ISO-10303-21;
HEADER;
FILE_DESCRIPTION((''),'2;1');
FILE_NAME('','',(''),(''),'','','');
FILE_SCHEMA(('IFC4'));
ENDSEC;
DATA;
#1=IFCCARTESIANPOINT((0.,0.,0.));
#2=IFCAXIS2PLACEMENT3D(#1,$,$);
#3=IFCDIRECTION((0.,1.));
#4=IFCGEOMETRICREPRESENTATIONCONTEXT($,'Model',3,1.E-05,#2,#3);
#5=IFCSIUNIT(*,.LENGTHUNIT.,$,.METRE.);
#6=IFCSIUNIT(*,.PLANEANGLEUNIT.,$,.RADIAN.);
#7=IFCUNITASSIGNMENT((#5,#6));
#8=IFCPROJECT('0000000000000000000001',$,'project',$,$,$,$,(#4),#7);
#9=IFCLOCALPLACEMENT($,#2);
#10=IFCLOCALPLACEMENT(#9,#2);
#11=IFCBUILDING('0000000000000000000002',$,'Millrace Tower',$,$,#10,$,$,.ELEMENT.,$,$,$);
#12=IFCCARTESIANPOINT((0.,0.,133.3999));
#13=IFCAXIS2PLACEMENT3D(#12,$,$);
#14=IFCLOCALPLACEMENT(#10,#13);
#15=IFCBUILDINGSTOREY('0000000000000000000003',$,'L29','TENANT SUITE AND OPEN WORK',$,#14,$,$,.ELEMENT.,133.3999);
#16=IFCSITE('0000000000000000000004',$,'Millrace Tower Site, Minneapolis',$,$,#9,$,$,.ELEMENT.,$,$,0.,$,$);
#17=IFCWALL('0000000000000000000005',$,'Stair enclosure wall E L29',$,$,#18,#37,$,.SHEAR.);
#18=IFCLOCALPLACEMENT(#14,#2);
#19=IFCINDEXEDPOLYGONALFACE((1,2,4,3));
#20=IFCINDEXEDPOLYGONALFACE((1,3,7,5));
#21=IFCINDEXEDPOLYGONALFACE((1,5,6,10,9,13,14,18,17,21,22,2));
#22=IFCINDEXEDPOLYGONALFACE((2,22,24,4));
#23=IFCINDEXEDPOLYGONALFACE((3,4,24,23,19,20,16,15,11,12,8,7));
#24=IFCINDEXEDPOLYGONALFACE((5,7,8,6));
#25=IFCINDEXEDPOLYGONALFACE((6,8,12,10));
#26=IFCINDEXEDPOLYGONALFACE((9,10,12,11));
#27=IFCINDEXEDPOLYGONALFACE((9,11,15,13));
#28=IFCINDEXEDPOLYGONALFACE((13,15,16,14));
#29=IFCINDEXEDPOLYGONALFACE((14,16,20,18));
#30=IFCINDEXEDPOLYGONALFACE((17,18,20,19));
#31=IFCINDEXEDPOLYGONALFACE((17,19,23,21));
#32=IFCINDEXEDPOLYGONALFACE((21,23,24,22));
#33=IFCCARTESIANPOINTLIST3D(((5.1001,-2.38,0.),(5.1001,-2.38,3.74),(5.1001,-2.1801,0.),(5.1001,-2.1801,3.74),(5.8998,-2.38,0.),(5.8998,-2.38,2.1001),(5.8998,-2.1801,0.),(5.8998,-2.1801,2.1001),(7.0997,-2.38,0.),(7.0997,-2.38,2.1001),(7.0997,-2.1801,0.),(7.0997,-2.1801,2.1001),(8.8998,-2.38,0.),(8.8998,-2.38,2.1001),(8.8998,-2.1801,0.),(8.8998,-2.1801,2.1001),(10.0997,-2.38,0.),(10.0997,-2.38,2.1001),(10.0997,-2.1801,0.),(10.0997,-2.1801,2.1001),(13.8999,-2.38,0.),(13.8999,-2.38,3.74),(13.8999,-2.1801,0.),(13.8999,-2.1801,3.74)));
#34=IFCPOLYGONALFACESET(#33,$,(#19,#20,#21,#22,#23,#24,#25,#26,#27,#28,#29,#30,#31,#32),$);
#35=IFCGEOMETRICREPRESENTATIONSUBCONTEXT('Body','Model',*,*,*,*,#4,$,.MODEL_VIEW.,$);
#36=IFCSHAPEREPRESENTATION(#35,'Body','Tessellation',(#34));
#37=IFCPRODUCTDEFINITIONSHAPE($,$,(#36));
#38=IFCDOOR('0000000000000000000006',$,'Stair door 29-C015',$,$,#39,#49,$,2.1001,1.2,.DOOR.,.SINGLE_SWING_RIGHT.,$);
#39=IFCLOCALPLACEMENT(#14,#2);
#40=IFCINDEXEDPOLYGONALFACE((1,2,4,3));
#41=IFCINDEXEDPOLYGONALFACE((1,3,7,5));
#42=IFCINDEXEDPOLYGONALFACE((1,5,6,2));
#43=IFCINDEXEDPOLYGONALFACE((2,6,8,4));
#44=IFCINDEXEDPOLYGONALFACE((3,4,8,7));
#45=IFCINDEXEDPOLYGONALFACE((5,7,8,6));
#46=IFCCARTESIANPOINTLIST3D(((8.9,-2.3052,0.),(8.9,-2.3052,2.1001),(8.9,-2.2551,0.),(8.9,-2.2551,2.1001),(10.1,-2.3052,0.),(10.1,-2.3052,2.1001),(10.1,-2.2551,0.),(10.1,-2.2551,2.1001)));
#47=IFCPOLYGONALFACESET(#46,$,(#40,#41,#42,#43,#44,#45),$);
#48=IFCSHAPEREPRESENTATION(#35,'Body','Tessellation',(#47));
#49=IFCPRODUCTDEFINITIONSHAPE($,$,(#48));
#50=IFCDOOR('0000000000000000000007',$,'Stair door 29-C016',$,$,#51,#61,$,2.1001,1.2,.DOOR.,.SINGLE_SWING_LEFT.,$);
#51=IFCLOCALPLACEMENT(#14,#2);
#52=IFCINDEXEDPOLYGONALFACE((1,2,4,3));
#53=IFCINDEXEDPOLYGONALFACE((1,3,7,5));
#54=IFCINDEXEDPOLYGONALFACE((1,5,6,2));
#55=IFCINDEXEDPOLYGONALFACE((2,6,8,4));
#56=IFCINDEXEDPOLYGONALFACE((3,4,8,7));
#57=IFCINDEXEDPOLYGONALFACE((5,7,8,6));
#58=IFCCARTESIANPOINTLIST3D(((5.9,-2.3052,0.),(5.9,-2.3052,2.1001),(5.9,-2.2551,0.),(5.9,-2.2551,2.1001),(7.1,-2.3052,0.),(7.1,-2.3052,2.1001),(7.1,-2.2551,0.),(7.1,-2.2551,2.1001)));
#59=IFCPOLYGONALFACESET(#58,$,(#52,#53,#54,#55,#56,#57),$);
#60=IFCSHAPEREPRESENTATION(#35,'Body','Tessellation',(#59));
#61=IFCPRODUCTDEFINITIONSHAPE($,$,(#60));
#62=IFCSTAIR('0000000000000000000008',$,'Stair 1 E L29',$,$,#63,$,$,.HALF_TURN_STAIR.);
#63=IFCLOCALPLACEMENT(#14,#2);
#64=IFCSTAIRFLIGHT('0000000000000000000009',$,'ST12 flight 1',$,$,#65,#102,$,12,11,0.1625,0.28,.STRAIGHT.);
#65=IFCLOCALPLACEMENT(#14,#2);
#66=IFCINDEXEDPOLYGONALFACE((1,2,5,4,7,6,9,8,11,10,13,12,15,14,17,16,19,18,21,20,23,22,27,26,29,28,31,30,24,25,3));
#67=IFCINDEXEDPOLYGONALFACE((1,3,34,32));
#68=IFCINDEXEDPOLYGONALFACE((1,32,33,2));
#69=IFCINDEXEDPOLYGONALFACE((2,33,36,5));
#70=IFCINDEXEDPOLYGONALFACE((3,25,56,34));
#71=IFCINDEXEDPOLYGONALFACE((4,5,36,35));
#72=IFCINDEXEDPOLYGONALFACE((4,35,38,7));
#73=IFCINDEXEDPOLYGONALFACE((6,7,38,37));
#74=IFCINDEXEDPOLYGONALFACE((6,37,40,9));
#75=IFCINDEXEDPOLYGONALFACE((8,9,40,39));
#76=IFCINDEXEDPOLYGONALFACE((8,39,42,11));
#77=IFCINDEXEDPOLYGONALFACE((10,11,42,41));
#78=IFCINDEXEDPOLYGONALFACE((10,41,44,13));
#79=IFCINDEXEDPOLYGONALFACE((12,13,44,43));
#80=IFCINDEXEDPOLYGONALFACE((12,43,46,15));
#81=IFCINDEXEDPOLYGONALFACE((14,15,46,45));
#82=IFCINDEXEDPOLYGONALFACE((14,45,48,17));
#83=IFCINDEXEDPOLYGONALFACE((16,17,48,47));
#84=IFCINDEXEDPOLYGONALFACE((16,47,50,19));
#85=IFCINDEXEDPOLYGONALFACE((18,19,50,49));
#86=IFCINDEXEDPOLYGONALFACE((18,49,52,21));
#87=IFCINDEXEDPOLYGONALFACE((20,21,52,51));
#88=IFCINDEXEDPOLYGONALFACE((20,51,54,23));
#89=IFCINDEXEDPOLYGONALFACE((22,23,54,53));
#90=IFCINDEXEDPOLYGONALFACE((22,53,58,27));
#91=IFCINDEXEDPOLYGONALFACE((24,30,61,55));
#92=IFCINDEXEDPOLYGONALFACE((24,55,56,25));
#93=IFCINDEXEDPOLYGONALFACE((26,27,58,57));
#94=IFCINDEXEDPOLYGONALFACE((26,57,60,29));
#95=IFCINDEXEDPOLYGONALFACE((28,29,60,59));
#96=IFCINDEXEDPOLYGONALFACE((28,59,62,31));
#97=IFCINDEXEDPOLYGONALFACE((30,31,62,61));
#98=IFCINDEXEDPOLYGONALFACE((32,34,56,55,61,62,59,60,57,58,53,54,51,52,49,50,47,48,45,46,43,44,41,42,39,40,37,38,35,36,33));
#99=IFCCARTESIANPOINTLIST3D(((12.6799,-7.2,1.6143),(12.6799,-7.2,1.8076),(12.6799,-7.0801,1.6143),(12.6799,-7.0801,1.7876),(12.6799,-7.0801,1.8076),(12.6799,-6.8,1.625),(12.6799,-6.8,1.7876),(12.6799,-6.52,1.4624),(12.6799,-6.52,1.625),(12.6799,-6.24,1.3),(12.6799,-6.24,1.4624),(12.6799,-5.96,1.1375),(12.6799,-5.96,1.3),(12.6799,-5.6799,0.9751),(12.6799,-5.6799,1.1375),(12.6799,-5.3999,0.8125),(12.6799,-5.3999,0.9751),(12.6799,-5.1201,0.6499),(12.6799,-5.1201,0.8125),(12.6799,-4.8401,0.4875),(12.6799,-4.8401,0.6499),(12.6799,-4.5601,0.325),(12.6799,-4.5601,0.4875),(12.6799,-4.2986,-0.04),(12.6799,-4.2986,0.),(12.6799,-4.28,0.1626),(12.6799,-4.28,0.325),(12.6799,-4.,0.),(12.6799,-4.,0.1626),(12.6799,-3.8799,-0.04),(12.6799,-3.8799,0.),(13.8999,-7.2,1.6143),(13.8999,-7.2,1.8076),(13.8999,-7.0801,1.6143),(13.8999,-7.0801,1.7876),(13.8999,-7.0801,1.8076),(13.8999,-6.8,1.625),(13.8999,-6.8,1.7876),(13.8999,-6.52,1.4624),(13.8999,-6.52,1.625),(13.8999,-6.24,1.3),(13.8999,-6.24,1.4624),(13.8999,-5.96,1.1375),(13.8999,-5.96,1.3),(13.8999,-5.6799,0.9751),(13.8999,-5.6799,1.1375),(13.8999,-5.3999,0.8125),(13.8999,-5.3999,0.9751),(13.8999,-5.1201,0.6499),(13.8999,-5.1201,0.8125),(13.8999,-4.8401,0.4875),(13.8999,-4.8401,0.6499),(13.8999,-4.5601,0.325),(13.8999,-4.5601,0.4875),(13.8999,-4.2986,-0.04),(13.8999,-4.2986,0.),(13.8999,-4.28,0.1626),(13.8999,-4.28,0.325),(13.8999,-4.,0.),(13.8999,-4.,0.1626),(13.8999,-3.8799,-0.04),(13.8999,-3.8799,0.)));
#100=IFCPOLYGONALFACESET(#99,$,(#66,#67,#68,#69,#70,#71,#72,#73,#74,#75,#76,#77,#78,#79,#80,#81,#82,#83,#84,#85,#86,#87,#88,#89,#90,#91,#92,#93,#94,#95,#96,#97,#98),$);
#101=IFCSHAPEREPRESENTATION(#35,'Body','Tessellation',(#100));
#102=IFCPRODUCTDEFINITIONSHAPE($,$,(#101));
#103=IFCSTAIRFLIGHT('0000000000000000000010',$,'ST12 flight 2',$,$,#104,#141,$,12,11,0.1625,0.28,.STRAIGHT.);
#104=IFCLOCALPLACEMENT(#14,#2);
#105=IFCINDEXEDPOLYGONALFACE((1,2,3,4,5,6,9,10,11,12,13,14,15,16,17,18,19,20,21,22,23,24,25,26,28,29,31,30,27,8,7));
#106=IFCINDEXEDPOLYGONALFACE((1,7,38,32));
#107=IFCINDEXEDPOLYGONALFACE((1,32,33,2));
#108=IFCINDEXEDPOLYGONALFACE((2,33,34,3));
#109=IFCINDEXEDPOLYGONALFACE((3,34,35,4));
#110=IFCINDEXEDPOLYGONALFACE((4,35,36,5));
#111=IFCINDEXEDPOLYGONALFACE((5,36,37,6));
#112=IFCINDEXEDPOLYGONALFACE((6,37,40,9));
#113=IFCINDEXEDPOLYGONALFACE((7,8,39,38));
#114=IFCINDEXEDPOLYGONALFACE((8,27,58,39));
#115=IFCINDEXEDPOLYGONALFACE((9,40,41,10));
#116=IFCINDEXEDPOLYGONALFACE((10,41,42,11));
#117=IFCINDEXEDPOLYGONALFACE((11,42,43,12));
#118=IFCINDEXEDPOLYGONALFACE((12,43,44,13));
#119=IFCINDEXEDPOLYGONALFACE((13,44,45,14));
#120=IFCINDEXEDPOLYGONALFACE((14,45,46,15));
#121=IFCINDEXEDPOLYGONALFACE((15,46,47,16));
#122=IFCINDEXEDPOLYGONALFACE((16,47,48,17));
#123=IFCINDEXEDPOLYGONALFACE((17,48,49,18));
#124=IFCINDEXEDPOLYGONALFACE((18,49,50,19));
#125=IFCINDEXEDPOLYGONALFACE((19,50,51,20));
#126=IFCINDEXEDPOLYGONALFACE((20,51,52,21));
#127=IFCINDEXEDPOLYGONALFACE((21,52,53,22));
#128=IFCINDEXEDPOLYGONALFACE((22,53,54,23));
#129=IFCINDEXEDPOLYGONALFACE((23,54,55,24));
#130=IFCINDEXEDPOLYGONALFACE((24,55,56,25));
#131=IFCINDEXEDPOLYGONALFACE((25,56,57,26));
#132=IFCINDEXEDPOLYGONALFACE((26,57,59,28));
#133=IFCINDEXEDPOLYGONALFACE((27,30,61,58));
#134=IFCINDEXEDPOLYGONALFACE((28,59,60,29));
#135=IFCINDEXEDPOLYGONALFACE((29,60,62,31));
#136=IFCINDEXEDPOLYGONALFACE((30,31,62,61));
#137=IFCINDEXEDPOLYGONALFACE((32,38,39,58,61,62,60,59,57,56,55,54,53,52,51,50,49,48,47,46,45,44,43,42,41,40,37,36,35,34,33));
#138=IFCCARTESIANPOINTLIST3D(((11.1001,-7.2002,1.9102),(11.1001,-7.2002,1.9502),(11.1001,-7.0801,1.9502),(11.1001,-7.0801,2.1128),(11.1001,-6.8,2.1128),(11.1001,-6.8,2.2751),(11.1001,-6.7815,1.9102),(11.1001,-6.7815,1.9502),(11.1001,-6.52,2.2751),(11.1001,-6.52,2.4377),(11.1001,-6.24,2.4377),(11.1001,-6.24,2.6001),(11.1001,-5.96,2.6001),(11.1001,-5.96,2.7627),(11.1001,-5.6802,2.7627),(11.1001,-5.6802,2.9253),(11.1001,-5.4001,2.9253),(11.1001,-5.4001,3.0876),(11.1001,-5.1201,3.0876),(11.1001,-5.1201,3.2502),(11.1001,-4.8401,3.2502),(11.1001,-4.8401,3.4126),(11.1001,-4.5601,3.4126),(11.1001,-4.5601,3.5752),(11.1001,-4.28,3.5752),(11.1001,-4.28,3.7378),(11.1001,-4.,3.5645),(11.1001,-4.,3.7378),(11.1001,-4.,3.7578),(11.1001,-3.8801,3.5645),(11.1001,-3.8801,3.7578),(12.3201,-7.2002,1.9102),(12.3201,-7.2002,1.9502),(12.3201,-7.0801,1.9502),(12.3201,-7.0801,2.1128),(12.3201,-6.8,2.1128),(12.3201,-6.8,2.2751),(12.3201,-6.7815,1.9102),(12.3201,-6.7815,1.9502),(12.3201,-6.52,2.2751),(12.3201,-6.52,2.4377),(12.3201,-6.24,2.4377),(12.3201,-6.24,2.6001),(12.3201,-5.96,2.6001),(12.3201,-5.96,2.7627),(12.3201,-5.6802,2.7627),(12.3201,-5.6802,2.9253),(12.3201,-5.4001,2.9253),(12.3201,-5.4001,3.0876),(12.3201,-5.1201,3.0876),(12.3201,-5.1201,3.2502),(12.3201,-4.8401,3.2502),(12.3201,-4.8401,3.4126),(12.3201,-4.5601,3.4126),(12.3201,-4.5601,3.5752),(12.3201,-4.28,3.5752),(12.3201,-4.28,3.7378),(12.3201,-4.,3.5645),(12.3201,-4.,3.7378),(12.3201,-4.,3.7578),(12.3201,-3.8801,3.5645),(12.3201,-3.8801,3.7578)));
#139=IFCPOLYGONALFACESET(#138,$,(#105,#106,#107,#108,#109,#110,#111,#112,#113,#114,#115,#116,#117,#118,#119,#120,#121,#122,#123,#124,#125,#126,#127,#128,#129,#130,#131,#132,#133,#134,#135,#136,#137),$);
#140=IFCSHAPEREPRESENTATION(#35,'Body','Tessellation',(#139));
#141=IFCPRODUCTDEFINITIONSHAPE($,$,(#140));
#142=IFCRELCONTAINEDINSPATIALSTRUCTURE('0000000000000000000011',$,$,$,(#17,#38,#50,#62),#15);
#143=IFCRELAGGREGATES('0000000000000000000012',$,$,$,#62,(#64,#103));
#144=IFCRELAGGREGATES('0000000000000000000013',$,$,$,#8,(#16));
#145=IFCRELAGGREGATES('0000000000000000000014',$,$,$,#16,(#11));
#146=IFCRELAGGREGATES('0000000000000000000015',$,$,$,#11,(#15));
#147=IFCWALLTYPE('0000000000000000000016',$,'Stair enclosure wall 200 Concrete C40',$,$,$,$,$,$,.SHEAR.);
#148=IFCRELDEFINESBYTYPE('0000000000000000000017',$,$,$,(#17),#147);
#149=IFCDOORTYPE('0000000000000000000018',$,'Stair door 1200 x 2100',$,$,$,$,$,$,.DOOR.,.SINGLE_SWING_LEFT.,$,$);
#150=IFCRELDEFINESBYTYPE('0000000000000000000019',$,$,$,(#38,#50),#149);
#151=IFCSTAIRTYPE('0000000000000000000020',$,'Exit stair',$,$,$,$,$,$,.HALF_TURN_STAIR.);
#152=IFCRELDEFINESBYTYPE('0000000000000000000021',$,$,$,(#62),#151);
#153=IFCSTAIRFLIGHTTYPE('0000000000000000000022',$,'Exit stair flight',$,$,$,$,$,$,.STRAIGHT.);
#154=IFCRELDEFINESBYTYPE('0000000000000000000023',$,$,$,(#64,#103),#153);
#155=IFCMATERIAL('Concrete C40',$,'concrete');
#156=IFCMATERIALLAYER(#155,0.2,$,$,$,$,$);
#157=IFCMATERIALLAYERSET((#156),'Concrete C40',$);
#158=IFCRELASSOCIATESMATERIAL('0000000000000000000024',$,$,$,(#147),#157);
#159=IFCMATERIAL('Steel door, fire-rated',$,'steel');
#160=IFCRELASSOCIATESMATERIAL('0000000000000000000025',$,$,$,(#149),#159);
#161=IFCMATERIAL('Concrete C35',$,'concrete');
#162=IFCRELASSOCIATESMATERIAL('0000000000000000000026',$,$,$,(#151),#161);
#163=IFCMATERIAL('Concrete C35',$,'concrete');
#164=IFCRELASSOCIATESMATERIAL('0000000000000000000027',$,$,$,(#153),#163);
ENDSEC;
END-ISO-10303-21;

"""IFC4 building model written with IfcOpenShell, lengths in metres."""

from ifc_helpers import new_model, si_unit, direction, frame, frame_2d, origin, place, context, subcontext, project, spatial, polyline, rectangle, outline, extrude, material, layer, layer_set, type_object, element, fill, aggregate, save


model = new_model("IFC4")

# Units and contexts
model_context = context("Model", 3, precision=1e-05, world=origin(), true_north=direction((0.0, 1.0)))
body_context = subcontext(model_context, "Body", "Model", "MODEL_VIEW")
ifc_project = project(units=[si_unit("LENGTHUNIT", "METRE"), si_unit("PLANEANGLEUNIT", "RADIAN")], contexts=[model_context])

# Site, building, storey
site_placement = place(None, origin())
site = spatial("IfcSite", under=ifc_project, at=site_placement, Name="Millrace Tower Site, Minneapolis", CompositionType="ELEMENT", RefElevation=0.0)
building_placement = place(site_placement, origin())
building = spatial("IfcBuilding", under=site, at=building_placement, Name="Millrace Tower", CompositionType="ELEMENT")
storey_placement = place(building_placement, frame((0.0, 0.0, 133.3999)))
storey = spatial("IfcBuildingStorey", under=building, at=storey_placement, Name="L29", Description="TENANT SUITE AND OPEN WORK", CompositionType="ELEMENT", Elevation=133.3999)

# Shared definitions
placement = place(storey_placement, origin())

# Shared definitions
ifc_material_1 = material(Name="Concrete C40", Category="concrete")
ifc_layer_1 = layer(ifc_material_1, 0.2)
ifc_layer_set_1 = layer_set([ifc_layer_1], Name="Concrete C40")
wall_type_1 = type_object("IfcWallType", Name="Stair enclosure wall 200 Concrete C40", PredefinedType="SHEAR", material=ifc_layer_set_1)

# Wall, openings, doors
wall_1_placement = place(storey_placement, frame((13.8999, -2.28, 0.0), z_axis=(0.0, 0.0, 1.0), x_axis=(-1.0, 0.0, 0.0)))
wall_1 = element("IfcWall", 1, at=wall_1_placement, inside=storey, type_object=wall_type_1, Name="Stair enclosure wall E L29", PredefinedType="SHEAR", context=body_context, shape_type="SweptSolid", body=[
    extrude(rectangle(XDim=8.7998, YDim=0.2, at=frame_2d((4.3999, 0.0))), origin(), (0.0, 0.0, 1.0), 3.74),
])
opening_1_placement = place(wall_1_placement, frame((3.8, 0.0, 0.0)))
opening_1 = element("IfcOpeningElement", 2, at=opening_1_placement, cuts=wall_1, PredefinedType="OPENING", context=body_context, shape_type="SweptSolid", body=[
    extrude(rectangle(XDim=1.2, YDim=2.1001, at=frame_2d((0.6001, 1.05))), frame((0.0, 0.1099, 0.0), z_axis=(0.0, -1.0, 0.0), x_axis=(1.0, 0.0, 0.0)), (0.0, 0.0, 1.0), 0.22),
])
opening_2_placement = place(wall_1_placement, frame((6.8, 0.0, 0.0)))
opening_2 = element("IfcOpeningElement", 3, at=opening_2_placement, cuts=wall_1, PredefinedType="OPENING", context=body_context, shape_type="SweptSolid", body=[
    extrude(rectangle(XDim=1.2, YDim=2.1001, at=frame_2d((0.6001, 1.05))), frame((0.0, 0.1099, 0.0), z_axis=(0.0, -1.0, 0.0), x_axis=(1.0, 0.0, 0.0)), (0.0, 0.0, 1.0), 0.22),
])
ifc_material_2 = material(Name="Steel door, fire-rated", Category="steel")
door_type_1 = type_object("IfcDoorType", Name="Stair door 1200 x 2100", OperationType="SINGLE_SWING_LEFT", PredefinedType="DOOR", material=ifc_material_2)
door_1_placement = place(opening_1_placement, frame((1.2, 0.0, 0.0), z_axis=(0.0, 0.0, 1.0), x_axis=(-1.0, 0.0, 0.0)))
door_1 = element("IfcDoor", 4, at=door_1_placement, inside=storey, type_object=door_type_1, Name="Stair door 29-C015", OperationType="SINGLE_SWING_RIGHT", OverallHeight=2.1001, OverallWidth=1.2, PredefinedType="DOOR", context=body_context, shape_type="SweptSolid", body=[
    extrude(rectangle(XDim=1.2, YDim=2.1001, at=frame_2d((0.6001, 1.05))), frame((0.0, 0.0249, 0.0), z_axis=(0.0, -1.0, 0.0), x_axis=(1.0, 0.0, 0.0)), (0.0, 0.0, 1.0), 0.05),
])
fill(opening_1, door_1)
door_2_placement = place(opening_2_placement, frame((1.2, 0.0, 0.0), z_axis=(0.0, 0.0, 1.0), x_axis=(-1.0, 0.0, 0.0)))
door_2 = element("IfcDoor", 5, at=door_2_placement, inside=storey, type_object=door_type_1, Name="Stair door 29-C016", OperationType="SINGLE_SWING_LEFT", OverallHeight=2.1001, OverallWidth=1.2, PredefinedType="DOOR", context=body_context, shape_type="SweptSolid", body=[
    extrude(rectangle(XDim=1.2, YDim=2.1001, at=frame_2d((0.6001, 1.05))), frame((0.0, 0.0249, 0.0), z_axis=(0.0, -1.0, 0.0), x_axis=(1.0, 0.0, 0.0)), (0.0, 0.0, 1.0), 0.05),
])
fill(opening_2, door_2)

# Stair, stair flights
ifc_material_3 = material(Name="Concrete C35", Category="concrete")
stair_type = type_object("IfcStairType", Name="Exit stair", PredefinedType="HALF_TURN_STAIR", material=ifc_material_3)
stair = element("IfcStair", 6, at=placement, inside=storey, type_object=stair_type, Name="Stair 1 E L29", PredefinedType="HALF_TURN_STAIR")
ifc_material_4 = material(Name="Concrete C35", Category="concrete")
stair_flight_type = type_object("IfcStairFlightType", Name="Exit stair flight", PredefinedType="STRAIGHT", material=ifc_material_4)
stair_flight_1_placement = place(storey_placement, frame((13.29, -4.0, 0.0), z_axis=(0.0, 0.0, 1.0), x_axis=(0.0, -1.0, 0.0)))
stair_flight_1 = element("IfcStairFlight", 7, at=stair_flight_1_placement, type_object=stair_flight_type, Name="ST12 flight 1", NumberOfRisers=12, NumberOfTreads=11, PredefinedType="STRAIGHT", RiserHeight=0.1625, TreadLength=0.28, context=body_context, shape_type="SweptSolid", body=[
    extrude(outline(polyline([(-0.1201, -0.04), (-0.1201, 0.0), (0.0, 0.0), (0.0, 0.1626), (0.28, 0.1626), (0.28, 0.325), (0.5601, 0.325), (0.5601, 0.4875), (0.8401, 0.4875), (0.8401, 0.6499), (1.1201, 0.6499), (1.1201, 0.8125), (1.3999, 0.8125), (1.3999, 0.9751), (1.6799, 0.9751), (1.6799, 1.1375), (1.96, 1.1375), (1.96, 1.3), (2.24, 1.3), (2.24, 1.4624), (2.52, 1.4624), (2.52, 1.625), (2.8, 1.625), (2.8, 1.7876), (3.0801, 1.7876), (3.0801, 1.8076), (3.2, 1.8076), (3.2, 1.6143), (3.0801, 1.6143), (0.2986, 0.0), (0.2986, -0.04), (-0.1201, -0.04)])), frame((0.0, 0.6099, 0.0), z_axis=(0.0, -1.0, 0.0), x_axis=(1.0, 0.0, 0.0)), (0.0, 0.0, 1.0), 1.22),
])
stair_flight_2_placement = place(storey_placement, frame((11.71, -7.0801, 1.9502), z_axis=(0.0, 0.0, 1.0), x_axis=(0.0, 1.0, 0.0)))
stair_flight_2 = element("IfcStairFlight", 8, at=stair_flight_2_placement, type_object=stair_flight_type, Name="ST12 flight 2", NumberOfRisers=12, NumberOfTreads=11, PredefinedType="STRAIGHT", RiserHeight=0.1625, TreadLength=0.28, context=body_context, shape_type="SweptSolid", body=[
    extrude(outline(polyline([(-0.1201, -0.04), (-0.1201, 0.0), (0.0, 0.0), (0.0, 0.1626), (0.28, 0.1626), (0.28, 0.325), (0.5601, 0.325), (0.5601, 0.4875), (0.8401, 0.4875), (0.8401, 0.6499), (1.1201, 0.6499), (1.1201, 0.8125), (1.3999, 0.8125), (1.3999, 0.9751), (1.6799, 0.9751), (1.6799, 1.1375), (1.96, 1.1375), (1.96, 1.3), (2.24, 1.3), (2.24, 1.4624), (2.52, 1.4624), (2.52, 1.625), (2.8, 1.625), (2.8, 1.7876), (3.0801, 1.7876), (3.0801, 1.8076), (3.2, 1.8076), (3.2, 1.6143), (3.0801, 1.6143), (0.2986, 0.0), (0.2986, -0.04), (-0.1201, -0.04)])), frame((0.0, 0.6099, 0.0), z_axis=(0.0, -1.0, 0.0), x_axis=(1.0, 0.0, 0.0)), (0.0, 0.0, 1.0), 1.22),
])
aggregate(stair, [stair_flight_1, stair_flight_2])

save(model, "model.ifc")
